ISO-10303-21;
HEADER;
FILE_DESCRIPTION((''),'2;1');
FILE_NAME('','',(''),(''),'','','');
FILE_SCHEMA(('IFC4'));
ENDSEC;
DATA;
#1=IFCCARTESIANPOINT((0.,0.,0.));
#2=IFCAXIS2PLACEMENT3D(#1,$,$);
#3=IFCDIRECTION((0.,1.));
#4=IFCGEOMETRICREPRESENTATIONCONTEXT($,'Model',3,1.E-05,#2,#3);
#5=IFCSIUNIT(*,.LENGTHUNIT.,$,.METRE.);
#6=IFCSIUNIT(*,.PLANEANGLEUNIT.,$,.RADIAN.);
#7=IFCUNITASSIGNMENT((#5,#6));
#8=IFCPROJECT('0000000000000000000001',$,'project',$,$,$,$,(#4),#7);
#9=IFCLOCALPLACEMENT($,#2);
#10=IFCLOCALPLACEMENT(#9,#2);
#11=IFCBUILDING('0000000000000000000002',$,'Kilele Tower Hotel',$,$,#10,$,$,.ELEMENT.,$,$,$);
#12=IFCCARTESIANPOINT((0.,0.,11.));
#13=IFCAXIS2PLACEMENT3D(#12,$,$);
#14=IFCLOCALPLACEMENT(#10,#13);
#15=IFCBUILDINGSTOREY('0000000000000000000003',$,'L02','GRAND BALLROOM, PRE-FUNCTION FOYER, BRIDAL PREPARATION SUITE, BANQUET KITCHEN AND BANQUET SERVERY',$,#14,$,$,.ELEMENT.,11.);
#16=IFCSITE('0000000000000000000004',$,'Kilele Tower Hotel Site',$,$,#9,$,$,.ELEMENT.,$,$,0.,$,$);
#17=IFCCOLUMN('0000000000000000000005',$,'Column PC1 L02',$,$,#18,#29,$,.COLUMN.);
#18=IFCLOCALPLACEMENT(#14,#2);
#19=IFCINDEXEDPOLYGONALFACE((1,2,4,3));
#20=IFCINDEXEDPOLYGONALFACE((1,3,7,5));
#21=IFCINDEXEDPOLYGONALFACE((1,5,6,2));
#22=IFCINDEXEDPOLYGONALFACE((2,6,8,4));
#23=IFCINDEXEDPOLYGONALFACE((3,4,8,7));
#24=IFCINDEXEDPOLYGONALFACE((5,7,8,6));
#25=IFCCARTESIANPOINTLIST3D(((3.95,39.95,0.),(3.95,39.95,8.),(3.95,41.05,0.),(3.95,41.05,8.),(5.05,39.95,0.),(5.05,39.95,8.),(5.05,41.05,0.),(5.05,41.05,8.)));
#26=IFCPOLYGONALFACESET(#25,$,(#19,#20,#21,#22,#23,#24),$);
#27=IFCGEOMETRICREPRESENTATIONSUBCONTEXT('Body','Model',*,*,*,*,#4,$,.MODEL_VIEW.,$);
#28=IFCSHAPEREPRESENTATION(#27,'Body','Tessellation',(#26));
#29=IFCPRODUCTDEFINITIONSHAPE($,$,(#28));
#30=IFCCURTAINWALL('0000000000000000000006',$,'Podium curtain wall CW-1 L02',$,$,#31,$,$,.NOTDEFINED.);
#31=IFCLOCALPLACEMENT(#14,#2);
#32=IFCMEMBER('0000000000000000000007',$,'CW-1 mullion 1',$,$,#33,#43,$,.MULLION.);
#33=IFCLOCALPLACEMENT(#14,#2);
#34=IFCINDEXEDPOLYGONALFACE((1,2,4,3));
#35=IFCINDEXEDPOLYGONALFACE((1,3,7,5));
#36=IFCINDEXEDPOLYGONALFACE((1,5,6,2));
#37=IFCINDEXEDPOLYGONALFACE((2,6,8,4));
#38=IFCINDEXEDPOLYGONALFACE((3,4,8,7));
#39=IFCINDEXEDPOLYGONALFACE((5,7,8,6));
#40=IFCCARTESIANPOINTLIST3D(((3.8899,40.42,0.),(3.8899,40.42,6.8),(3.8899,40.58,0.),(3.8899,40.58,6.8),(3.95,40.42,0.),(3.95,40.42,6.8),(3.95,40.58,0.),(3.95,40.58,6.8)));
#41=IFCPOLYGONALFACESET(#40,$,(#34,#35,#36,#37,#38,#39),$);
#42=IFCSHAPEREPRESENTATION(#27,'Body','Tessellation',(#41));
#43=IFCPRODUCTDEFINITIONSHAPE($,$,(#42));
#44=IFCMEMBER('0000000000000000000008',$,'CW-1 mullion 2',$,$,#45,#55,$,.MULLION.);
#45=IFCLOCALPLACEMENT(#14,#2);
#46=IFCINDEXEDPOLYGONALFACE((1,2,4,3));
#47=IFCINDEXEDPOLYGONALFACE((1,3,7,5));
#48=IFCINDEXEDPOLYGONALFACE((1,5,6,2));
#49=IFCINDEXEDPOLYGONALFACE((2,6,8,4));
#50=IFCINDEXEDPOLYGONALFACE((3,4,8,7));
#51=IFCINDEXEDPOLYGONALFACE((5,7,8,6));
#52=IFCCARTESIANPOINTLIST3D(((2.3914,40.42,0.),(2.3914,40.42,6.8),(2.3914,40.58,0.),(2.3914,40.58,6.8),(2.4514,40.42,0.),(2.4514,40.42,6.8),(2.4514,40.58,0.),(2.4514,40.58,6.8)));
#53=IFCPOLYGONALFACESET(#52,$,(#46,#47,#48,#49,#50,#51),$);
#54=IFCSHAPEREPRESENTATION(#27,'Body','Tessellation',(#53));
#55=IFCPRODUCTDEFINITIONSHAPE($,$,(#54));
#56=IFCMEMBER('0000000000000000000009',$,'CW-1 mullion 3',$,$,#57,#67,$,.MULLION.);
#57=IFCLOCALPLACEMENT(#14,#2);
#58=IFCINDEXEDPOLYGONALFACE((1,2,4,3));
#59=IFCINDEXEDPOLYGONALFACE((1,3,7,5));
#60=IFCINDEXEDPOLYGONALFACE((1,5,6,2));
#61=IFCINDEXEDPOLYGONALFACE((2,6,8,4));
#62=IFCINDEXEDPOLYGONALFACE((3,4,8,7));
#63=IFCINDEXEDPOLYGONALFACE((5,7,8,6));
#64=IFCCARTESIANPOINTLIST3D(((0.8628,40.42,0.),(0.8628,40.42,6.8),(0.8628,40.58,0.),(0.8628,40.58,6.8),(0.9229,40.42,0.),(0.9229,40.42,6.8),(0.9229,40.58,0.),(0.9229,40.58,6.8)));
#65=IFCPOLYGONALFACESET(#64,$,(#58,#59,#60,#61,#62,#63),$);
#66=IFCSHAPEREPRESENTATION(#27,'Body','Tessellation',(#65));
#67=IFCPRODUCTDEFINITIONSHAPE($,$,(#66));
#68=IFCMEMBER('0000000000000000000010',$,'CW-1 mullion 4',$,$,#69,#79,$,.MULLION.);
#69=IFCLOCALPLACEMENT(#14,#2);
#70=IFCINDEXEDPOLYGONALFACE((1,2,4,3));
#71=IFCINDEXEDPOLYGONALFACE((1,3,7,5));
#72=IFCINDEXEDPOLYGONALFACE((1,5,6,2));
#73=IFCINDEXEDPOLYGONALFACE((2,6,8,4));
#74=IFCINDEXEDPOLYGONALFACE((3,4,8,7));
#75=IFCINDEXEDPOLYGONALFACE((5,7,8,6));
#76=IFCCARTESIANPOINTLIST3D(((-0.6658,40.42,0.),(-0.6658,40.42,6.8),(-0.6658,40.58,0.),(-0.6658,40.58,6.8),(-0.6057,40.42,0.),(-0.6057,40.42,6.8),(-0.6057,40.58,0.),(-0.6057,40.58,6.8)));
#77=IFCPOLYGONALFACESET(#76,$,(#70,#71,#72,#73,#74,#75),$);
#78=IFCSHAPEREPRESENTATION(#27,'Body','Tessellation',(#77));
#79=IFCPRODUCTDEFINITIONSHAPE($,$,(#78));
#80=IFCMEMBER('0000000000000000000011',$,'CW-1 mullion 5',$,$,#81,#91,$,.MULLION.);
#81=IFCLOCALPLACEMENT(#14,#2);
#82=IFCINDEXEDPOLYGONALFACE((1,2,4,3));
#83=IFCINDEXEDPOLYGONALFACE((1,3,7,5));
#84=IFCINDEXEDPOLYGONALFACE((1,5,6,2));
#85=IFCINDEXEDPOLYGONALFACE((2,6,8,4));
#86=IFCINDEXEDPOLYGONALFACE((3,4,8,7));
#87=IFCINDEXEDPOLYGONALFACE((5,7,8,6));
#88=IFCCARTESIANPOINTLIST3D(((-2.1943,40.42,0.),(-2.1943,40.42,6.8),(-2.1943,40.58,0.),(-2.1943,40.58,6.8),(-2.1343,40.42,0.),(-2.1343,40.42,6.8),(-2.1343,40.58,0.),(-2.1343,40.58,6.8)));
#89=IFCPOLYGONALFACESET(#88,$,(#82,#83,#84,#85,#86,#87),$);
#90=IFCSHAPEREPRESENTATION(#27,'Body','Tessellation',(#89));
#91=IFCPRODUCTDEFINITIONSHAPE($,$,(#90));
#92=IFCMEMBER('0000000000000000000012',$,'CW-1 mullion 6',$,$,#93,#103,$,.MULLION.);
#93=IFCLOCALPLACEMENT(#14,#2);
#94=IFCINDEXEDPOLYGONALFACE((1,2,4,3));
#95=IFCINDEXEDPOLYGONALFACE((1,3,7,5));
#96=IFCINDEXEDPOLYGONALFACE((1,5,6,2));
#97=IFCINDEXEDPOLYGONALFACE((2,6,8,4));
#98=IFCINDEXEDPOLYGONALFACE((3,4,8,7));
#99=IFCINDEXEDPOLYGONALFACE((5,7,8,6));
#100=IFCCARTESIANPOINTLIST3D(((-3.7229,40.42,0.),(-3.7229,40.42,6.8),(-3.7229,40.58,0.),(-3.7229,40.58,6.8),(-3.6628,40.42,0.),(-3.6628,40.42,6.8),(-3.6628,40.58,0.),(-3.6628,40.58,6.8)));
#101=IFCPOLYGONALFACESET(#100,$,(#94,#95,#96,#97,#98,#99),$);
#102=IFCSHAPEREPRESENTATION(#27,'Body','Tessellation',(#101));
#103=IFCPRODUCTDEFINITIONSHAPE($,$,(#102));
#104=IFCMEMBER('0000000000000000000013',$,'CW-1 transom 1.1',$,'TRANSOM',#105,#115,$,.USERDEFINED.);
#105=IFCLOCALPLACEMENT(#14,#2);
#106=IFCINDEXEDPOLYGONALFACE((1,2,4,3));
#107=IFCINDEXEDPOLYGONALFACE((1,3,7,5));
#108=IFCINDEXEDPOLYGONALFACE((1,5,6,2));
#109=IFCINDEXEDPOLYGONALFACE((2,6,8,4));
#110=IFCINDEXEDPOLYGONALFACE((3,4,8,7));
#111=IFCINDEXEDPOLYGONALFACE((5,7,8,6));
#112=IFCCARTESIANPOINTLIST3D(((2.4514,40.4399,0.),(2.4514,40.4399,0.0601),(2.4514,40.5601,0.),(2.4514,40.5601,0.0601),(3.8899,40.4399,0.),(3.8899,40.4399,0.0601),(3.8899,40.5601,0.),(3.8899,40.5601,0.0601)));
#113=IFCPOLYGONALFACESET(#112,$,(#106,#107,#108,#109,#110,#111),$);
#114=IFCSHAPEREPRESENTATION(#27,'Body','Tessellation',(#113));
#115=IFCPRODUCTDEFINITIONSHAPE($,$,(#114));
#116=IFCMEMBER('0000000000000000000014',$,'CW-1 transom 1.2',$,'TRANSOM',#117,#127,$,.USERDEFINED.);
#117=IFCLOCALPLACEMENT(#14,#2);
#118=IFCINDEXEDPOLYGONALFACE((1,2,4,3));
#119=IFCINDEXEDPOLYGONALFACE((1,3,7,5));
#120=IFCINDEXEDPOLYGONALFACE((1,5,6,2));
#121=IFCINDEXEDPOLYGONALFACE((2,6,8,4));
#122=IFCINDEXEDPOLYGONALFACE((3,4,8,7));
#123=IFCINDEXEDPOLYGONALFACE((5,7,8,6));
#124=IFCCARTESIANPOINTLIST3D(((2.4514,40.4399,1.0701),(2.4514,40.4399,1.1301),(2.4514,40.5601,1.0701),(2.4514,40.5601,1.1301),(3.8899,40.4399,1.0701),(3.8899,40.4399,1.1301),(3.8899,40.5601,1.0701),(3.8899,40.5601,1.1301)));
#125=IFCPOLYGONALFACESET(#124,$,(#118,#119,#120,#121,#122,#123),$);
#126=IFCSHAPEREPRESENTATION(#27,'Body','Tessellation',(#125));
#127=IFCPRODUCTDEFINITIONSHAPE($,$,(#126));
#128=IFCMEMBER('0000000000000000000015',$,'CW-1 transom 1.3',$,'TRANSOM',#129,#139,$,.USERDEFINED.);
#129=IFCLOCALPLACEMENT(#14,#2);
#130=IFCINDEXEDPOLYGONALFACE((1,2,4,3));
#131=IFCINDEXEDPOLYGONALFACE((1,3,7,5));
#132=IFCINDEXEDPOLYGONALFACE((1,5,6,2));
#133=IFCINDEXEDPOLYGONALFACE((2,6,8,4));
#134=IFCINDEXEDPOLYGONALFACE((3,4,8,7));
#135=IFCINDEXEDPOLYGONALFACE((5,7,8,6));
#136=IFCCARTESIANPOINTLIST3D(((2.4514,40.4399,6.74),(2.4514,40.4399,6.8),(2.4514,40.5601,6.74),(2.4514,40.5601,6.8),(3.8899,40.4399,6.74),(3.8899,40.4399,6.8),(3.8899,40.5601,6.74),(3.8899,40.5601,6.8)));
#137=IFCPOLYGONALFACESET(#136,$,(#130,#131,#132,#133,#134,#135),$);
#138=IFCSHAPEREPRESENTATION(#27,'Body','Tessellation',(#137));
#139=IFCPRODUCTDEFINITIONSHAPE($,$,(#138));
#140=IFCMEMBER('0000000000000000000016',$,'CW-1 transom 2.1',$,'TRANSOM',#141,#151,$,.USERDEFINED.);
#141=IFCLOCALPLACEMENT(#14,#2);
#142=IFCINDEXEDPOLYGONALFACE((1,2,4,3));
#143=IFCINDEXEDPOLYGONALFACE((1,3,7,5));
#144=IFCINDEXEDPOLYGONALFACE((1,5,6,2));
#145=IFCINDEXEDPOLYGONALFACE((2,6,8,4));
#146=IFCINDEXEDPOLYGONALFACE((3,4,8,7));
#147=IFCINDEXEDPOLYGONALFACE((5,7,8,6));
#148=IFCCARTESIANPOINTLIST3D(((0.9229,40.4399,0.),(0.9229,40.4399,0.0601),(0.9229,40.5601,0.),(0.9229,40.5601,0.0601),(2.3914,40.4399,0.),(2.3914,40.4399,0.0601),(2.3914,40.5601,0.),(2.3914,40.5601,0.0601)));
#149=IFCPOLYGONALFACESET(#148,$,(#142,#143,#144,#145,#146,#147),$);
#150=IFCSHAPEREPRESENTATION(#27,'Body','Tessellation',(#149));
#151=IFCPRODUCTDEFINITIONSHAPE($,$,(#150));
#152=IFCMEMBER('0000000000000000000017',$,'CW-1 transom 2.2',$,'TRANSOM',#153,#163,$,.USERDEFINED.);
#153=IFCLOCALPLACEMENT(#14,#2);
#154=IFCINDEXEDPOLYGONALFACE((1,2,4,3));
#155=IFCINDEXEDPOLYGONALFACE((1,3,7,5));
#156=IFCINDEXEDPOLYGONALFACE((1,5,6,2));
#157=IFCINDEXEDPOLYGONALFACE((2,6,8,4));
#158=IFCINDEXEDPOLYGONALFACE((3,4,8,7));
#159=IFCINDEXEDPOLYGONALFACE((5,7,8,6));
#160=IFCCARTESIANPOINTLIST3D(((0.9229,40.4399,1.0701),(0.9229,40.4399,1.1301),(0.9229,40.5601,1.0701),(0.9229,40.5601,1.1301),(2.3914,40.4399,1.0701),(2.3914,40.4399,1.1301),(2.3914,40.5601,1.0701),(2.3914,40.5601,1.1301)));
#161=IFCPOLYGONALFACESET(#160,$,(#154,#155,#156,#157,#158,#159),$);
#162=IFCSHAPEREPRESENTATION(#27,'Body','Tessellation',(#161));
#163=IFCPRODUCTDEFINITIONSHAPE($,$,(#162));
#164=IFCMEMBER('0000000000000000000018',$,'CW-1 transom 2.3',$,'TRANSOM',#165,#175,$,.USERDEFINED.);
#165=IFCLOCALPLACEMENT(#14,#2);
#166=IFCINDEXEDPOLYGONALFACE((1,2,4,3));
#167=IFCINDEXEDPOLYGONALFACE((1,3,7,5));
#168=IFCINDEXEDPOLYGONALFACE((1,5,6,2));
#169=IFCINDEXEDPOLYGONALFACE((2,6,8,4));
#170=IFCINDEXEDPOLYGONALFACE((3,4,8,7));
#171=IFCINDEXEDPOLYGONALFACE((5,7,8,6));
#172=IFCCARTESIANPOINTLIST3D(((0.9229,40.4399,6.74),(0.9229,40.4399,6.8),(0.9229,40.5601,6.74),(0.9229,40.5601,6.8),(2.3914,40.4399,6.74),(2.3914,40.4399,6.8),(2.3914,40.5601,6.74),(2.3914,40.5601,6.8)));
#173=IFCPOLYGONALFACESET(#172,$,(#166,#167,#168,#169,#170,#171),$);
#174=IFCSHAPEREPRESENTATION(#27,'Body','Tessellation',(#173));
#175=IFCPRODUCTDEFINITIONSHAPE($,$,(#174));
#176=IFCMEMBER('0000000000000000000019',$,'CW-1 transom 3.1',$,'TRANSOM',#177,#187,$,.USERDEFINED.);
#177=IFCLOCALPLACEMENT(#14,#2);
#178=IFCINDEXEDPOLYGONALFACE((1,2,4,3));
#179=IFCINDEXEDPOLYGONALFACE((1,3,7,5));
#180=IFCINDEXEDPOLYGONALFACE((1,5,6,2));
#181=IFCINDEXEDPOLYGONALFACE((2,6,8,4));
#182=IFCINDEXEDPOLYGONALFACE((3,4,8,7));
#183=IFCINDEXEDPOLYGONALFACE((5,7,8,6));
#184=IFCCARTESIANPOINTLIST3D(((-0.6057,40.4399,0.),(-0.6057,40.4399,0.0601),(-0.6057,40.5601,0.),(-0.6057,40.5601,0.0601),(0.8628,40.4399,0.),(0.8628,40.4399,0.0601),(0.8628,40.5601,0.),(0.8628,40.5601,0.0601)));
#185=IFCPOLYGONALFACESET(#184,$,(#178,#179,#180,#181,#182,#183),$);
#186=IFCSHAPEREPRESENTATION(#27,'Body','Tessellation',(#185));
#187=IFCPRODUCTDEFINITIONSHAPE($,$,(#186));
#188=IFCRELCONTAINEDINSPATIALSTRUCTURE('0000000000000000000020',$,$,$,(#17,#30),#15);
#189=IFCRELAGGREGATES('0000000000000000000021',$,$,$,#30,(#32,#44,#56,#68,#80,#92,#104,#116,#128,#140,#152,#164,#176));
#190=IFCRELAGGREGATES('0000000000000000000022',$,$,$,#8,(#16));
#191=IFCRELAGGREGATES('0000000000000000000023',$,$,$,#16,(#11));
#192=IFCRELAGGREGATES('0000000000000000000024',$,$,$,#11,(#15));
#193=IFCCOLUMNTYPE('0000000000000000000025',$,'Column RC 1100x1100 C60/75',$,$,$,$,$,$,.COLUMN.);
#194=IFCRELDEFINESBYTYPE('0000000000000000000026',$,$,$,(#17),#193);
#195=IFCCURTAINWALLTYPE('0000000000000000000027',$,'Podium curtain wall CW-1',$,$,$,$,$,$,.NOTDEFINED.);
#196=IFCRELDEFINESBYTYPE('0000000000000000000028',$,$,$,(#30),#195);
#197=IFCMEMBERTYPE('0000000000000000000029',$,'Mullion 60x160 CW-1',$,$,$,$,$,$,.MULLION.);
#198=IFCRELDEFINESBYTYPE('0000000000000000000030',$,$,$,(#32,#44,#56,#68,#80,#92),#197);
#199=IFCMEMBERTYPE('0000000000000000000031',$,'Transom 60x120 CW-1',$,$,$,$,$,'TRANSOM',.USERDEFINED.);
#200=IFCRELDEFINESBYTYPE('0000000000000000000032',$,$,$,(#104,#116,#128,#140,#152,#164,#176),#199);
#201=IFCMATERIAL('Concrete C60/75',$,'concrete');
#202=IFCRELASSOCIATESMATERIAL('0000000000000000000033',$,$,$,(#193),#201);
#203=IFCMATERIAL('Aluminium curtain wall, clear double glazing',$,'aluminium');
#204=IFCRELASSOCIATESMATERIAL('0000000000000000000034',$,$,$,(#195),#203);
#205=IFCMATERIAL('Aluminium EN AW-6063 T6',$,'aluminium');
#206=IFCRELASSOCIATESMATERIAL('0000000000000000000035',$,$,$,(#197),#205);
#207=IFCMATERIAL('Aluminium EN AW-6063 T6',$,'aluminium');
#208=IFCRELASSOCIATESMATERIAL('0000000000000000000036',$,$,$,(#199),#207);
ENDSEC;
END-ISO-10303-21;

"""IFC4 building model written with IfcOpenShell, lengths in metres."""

from ifc_helpers import new_model, si_unit, direction, frame, origin, origin_2d, place, context, subcontext, project, spatial, rectangle, extrude, material, material_profile, profile_set, type_object, element, aggregate, save


model = new_model("IFC4")

# Units and contexts
model_context = context("Model", 3, precision=1e-05, world=origin(), true_north=direction((0.0, 1.0)))
body_context = subcontext(model_context, "Body", "Model", "MODEL_VIEW")
ifc_project = project(units=[si_unit("LENGTHUNIT", "METRE"), si_unit("PLANEANGLEUNIT", "RADIAN")], contexts=[model_context])

# Site, building, storey
site_placement = place(None, origin())
site = spatial("IfcSite", under=ifc_project, at=site_placement, Name="Kilele Tower Hotel Site", CompositionType="ELEMENT", RefElevation=0.0)
building_placement = place(site_placement, origin())
building = spatial("IfcBuilding", under=site, at=building_placement, Name="Kilele Tower Hotel", CompositionType="ELEMENT")
storey_placement = place(building_placement, frame((0.0, 0.0, 11.0)))
storey = spatial("IfcBuildingStorey", under=building, at=storey_placement, Name="L02", Description="GRAND BALLROOM, PRE-FUNCTION FOYER, BRIDAL PREPARATION SUITE, BANQUET KITCHEN AND BANQUET SERVERY", CompositionType="ELEMENT", Elevation=11.0)

# Column
ifc_material_1 = material(Name="Concrete C60/75", Category="concrete")
ifc_material_profile_1 = material_profile(ifc_material_1, rectangle(XDim=1.1001, YDim=1.1001, at=origin_2d()))
ifc_profile_set_1 = profile_set([ifc_material_profile_1], Name="Concrete C60/75")
column_type = type_object("IfcColumnType", Name="Column RC 1100x1100 C60/75", PredefinedType="COLUMN", material=ifc_profile_set_1)
column_placement = place(storey_placement, frame((4.5, 40.5, 0.0), z_axis=(0.0, 0.0, 1.0), x_axis=(1.0, 0.0, 0.0)))
element("IfcColumn", 1, at=column_placement, inside=storey, type_object=column_type, Name="Column PC1 L02", PredefinedType="COLUMN", context=body_context, shape_type="SweptSolid", body=[
    extrude(rectangle(XDim=1.1001, YDim=1.1001, at=origin_2d()), origin(), (0.0, 0.0, 1.0), 8.0),
])

# Curtain wall, members
ifc_material_2 = material(Name="Aluminium curtain wall, clear double glazing", Category="aluminium")
curtain_wall_type = type_object("IfcCurtainWallType", Name="Podium curtain wall CW-1", PredefinedType="NOTDEFINED", material=ifc_material_2)
curtain_wall_placement = place(storey_placement, origin())
curtain_wall = element("IfcCurtainWall", 2, at=curtain_wall_placement, inside=storey, type_object=curtain_wall_type, Name="Podium curtain wall CW-1 L02", PredefinedType="NOTDEFINED")
ifc_material_3 = material(Name="Aluminium EN AW-6063 T6", Category="aluminium")
ifc_material_profile_2 = material_profile(ifc_material_3, rectangle(XDim=0.1599, YDim=0.0601, at=origin_2d()))
ifc_profile_set_2 = profile_set([ifc_material_profile_2], Name="Aluminium EN AW-6063 T6")
member_type_1 = type_object("IfcMemberType", Name="Mullion 60x160 CW-1", PredefinedType="MULLION", material=ifc_profile_set_2)
member_1_placement = place(storey_placement, frame((3.9199, 40.5, 0.0), z_axis=(0.0, 0.0, 1.0), x_axis=(0.0, -1.0, 0.0)))
member_1 = element("IfcMember", 3, at=member_1_placement, type_object=member_type_1, Name="CW-1 mullion 1", PredefinedType="MULLION", context=body_context, shape_type="SweptSolid", body=[
    extrude(rectangle(XDim=0.1599, YDim=0.0601, at=origin_2d()), origin(), (0.0, 0.0, 1.0), 6.8),
])
member_2_placement = place(storey_placement, frame((2.4214, 40.5, 0.0), z_axis=(0.0, 0.0, 1.0), x_axis=(0.0, -1.0, 0.0)))
member_2 = element("IfcMember", 4, at=member_2_placement, type_object=member_type_1, Name="CW-1 mullion 2", PredefinedType="MULLION", context=body_context, shape_type="SweptSolid", body=[
    extrude(rectangle(XDim=0.1599, YDim=0.0601, at=origin_2d()), origin(), (0.0, 0.0, 1.0), 6.8),
])
member_3_placement = place(storey_placement, frame((0.8928, 40.5, 0.0), z_axis=(0.0, 0.0, 1.0), x_axis=(0.0, -1.0, 0.0)))
member_3 = element("IfcMember", 5, at=member_3_placement, type_object=member_type_1, Name="CW-1 mullion 3", PredefinedType="MULLION", context=body_context, shape_type="SweptSolid", body=[
    extrude(rectangle(XDim=0.1599, YDim=0.0601, at=origin_2d()), origin(), (0.0, 0.0, 1.0), 6.8),
])
member_4_placement = place(storey_placement, frame((-0.6357, 40.5, 0.0), z_axis=(0.0, 0.0, 1.0), x_axis=(0.0, -1.0, 0.0)))
member_4 = element("IfcMember", 6, at=member_4_placement, type_object=member_type_1, Name="CW-1 mullion 4", PredefinedType="MULLION", context=body_context, shape_type="SweptSolid", body=[
    extrude(rectangle(XDim=0.1599, YDim=0.0601, at=origin_2d()), origin(), (0.0, 0.0, 1.0), 6.8),
])
member_5_placement = place(storey_placement, frame((-2.1643, 40.5, 0.0), z_axis=(0.0, 0.0, 1.0), x_axis=(0.0, -1.0, 0.0)))
member_5 = element("IfcMember", 7, at=member_5_placement, type_object=member_type_1, Name="CW-1 mullion 5", PredefinedType="MULLION", context=body_context, shape_type="SweptSolid", body=[
    extrude(rectangle(XDim=0.1599, YDim=0.0601, at=origin_2d()), origin(), (0.0, 0.0, 1.0), 6.8),
])
member_6_placement = place(storey_placement, frame((-3.6929, 40.5, 0.0), z_axis=(0.0, 0.0, 1.0), x_axis=(0.0, -1.0, 0.0)))
member_6 = element("IfcMember", 8, at=member_6_placement, type_object=member_type_1, Name="CW-1 mullion 6", PredefinedType="MULLION", context=body_context, shape_type="SweptSolid", body=[
    extrude(rectangle(XDim=0.1599, YDim=0.0601, at=origin_2d()), origin(), (0.0, 0.0, 1.0), 6.8),
])
ifc_material_4 = material(Name="Aluminium EN AW-6063 T6", Category="aluminium")
ifc_material_profile_3 = material_profile(ifc_material_4, rectangle(XDim=0.1201, YDim=0.0601, at=origin_2d()))
ifc_profile_set_3 = profile_set([ifc_material_profile_3], Name="Aluminium EN AW-6063 T6")
member_type_2 = type_object("IfcMemberType", Name="Transom 60x120 CW-1", ElementType="TRANSOM", PredefinedType="USERDEFINED", material=ifc_profile_set_3)
member_7_placement = place(storey_placement, frame((3.8899, 40.5, 0.03), z_axis=(-1.0, 0.0, 0.0), x_axis=(0.0, -1.0, 0.0)))
member_7 = element("IfcMember", 9, at=member_7_placement, type_object=member_type_2, Name="CW-1 transom 1.1", ObjectType="TRANSOM", PredefinedType="USERDEFINED", context=body_context, shape_type="SweptSolid", body=[
    extrude(rectangle(XDim=0.1201, YDim=0.0601, at=origin_2d()), origin(), (0.0, 0.0, 1.0), 1.4385),
])
member_8_placement = place(storey_placement, frame((3.8899, 40.5, 1.1001), z_axis=(-1.0, 0.0, 0.0), x_axis=(0.0, -1.0, 0.0)))
member_8 = element("IfcMember", 10, at=member_8_placement, type_object=member_type_2, Name="CW-1 transom 1.2", ObjectType="TRANSOM", PredefinedType="USERDEFINED", context=body_context, shape_type="SweptSolid", body=[
    extrude(rectangle(XDim=0.1201, YDim=0.0601, at=origin_2d()), origin(), (0.0, 0.0, 1.0), 1.4385),
])
member_9_placement = place(storey_placement, frame((3.8899, 40.5, 6.77), z_axis=(-1.0, 0.0, 0.0), x_axis=(0.0, -1.0, 0.0)))
member_9 = element("IfcMember", 11, at=member_9_placement, type_object=member_type_2, Name="CW-1 transom 1.3", ObjectType="TRANSOM", PredefinedType="USERDEFINED", context=body_context, shape_type="SweptSolid", body=[
    extrude(rectangle(XDim=0.1201, YDim=0.0601, at=origin_2d()), origin(), (0.0, 0.0, 1.0), 1.4385),
])
member_10_placement = place(storey_placement, frame((2.3914, 40.5, 0.03), z_axis=(-1.0, 0.0, 0.0), x_axis=(0.0, -1.0, 0.0)))
member_10 = element("IfcMember", 12, at=member_10_placement, type_object=member_type_2, Name="CW-1 transom 2.1", ObjectType="TRANSOM", PredefinedType="USERDEFINED", context=body_context, shape_type="SweptSolid", body=[
    extrude(rectangle(XDim=0.1201, YDim=0.0601, at=origin_2d()), origin(), (0.0, 0.0, 1.0), 1.4685),
])
member_11_placement = place(storey_placement, frame((2.3914, 40.5, 1.1001), z_axis=(-1.0, 0.0, 0.0), x_axis=(0.0, -1.0, 0.0)))
member_11 = element("IfcMember", 13, at=member_11_placement, type_object=member_type_2, Name="CW-1 transom 2.2", ObjectType="TRANSOM", PredefinedType="USERDEFINED", context=body_context, shape_type="SweptSolid", body=[
    extrude(rectangle(XDim=0.1201, YDim=0.0601, at=origin_2d()), origin(), (0.0, 0.0, 1.0), 1.4685),
])
member_12_placement = place(storey_placement, frame((2.3914, 40.5, 6.77), z_axis=(-1.0, 0.0, 0.0), x_axis=(0.0, -1.0, 0.0)))
member_12 = element("IfcMember", 14, at=member_12_placement, type_object=member_type_2, Name="CW-1 transom 2.3", ObjectType="TRANSOM", PredefinedType="USERDEFINED", context=body_context, shape_type="SweptSolid", body=[
    extrude(rectangle(XDim=0.1201, YDim=0.0601, at=origin_2d()), origin(), (0.0, 0.0, 1.0), 1.4685),
])
member_13_placement = place(storey_placement, frame((0.8628, 40.5, 0.03), z_axis=(-1.0, 0.0, 0.0), x_axis=(0.0, -1.0, 0.0)))
member_13 = element("IfcMember", 15, at=member_13_placement, type_object=member_type_2, Name="CW-1 transom 3.1", ObjectType="TRANSOM", PredefinedType="USERDEFINED", context=body_context, shape_type="SweptSolid", body=[
    extrude(rectangle(XDim=0.1201, YDim=0.0601, at=origin_2d()), origin(), (0.0, 0.0, 1.0), 1.4685),
])
aggregate(curtain_wall, [member_1, member_2, member_3, member_4, member_5, member_6, member_7, member_8, member_9, member_10, member_11, member_12, member_13])

save(model, "model.ifc")
